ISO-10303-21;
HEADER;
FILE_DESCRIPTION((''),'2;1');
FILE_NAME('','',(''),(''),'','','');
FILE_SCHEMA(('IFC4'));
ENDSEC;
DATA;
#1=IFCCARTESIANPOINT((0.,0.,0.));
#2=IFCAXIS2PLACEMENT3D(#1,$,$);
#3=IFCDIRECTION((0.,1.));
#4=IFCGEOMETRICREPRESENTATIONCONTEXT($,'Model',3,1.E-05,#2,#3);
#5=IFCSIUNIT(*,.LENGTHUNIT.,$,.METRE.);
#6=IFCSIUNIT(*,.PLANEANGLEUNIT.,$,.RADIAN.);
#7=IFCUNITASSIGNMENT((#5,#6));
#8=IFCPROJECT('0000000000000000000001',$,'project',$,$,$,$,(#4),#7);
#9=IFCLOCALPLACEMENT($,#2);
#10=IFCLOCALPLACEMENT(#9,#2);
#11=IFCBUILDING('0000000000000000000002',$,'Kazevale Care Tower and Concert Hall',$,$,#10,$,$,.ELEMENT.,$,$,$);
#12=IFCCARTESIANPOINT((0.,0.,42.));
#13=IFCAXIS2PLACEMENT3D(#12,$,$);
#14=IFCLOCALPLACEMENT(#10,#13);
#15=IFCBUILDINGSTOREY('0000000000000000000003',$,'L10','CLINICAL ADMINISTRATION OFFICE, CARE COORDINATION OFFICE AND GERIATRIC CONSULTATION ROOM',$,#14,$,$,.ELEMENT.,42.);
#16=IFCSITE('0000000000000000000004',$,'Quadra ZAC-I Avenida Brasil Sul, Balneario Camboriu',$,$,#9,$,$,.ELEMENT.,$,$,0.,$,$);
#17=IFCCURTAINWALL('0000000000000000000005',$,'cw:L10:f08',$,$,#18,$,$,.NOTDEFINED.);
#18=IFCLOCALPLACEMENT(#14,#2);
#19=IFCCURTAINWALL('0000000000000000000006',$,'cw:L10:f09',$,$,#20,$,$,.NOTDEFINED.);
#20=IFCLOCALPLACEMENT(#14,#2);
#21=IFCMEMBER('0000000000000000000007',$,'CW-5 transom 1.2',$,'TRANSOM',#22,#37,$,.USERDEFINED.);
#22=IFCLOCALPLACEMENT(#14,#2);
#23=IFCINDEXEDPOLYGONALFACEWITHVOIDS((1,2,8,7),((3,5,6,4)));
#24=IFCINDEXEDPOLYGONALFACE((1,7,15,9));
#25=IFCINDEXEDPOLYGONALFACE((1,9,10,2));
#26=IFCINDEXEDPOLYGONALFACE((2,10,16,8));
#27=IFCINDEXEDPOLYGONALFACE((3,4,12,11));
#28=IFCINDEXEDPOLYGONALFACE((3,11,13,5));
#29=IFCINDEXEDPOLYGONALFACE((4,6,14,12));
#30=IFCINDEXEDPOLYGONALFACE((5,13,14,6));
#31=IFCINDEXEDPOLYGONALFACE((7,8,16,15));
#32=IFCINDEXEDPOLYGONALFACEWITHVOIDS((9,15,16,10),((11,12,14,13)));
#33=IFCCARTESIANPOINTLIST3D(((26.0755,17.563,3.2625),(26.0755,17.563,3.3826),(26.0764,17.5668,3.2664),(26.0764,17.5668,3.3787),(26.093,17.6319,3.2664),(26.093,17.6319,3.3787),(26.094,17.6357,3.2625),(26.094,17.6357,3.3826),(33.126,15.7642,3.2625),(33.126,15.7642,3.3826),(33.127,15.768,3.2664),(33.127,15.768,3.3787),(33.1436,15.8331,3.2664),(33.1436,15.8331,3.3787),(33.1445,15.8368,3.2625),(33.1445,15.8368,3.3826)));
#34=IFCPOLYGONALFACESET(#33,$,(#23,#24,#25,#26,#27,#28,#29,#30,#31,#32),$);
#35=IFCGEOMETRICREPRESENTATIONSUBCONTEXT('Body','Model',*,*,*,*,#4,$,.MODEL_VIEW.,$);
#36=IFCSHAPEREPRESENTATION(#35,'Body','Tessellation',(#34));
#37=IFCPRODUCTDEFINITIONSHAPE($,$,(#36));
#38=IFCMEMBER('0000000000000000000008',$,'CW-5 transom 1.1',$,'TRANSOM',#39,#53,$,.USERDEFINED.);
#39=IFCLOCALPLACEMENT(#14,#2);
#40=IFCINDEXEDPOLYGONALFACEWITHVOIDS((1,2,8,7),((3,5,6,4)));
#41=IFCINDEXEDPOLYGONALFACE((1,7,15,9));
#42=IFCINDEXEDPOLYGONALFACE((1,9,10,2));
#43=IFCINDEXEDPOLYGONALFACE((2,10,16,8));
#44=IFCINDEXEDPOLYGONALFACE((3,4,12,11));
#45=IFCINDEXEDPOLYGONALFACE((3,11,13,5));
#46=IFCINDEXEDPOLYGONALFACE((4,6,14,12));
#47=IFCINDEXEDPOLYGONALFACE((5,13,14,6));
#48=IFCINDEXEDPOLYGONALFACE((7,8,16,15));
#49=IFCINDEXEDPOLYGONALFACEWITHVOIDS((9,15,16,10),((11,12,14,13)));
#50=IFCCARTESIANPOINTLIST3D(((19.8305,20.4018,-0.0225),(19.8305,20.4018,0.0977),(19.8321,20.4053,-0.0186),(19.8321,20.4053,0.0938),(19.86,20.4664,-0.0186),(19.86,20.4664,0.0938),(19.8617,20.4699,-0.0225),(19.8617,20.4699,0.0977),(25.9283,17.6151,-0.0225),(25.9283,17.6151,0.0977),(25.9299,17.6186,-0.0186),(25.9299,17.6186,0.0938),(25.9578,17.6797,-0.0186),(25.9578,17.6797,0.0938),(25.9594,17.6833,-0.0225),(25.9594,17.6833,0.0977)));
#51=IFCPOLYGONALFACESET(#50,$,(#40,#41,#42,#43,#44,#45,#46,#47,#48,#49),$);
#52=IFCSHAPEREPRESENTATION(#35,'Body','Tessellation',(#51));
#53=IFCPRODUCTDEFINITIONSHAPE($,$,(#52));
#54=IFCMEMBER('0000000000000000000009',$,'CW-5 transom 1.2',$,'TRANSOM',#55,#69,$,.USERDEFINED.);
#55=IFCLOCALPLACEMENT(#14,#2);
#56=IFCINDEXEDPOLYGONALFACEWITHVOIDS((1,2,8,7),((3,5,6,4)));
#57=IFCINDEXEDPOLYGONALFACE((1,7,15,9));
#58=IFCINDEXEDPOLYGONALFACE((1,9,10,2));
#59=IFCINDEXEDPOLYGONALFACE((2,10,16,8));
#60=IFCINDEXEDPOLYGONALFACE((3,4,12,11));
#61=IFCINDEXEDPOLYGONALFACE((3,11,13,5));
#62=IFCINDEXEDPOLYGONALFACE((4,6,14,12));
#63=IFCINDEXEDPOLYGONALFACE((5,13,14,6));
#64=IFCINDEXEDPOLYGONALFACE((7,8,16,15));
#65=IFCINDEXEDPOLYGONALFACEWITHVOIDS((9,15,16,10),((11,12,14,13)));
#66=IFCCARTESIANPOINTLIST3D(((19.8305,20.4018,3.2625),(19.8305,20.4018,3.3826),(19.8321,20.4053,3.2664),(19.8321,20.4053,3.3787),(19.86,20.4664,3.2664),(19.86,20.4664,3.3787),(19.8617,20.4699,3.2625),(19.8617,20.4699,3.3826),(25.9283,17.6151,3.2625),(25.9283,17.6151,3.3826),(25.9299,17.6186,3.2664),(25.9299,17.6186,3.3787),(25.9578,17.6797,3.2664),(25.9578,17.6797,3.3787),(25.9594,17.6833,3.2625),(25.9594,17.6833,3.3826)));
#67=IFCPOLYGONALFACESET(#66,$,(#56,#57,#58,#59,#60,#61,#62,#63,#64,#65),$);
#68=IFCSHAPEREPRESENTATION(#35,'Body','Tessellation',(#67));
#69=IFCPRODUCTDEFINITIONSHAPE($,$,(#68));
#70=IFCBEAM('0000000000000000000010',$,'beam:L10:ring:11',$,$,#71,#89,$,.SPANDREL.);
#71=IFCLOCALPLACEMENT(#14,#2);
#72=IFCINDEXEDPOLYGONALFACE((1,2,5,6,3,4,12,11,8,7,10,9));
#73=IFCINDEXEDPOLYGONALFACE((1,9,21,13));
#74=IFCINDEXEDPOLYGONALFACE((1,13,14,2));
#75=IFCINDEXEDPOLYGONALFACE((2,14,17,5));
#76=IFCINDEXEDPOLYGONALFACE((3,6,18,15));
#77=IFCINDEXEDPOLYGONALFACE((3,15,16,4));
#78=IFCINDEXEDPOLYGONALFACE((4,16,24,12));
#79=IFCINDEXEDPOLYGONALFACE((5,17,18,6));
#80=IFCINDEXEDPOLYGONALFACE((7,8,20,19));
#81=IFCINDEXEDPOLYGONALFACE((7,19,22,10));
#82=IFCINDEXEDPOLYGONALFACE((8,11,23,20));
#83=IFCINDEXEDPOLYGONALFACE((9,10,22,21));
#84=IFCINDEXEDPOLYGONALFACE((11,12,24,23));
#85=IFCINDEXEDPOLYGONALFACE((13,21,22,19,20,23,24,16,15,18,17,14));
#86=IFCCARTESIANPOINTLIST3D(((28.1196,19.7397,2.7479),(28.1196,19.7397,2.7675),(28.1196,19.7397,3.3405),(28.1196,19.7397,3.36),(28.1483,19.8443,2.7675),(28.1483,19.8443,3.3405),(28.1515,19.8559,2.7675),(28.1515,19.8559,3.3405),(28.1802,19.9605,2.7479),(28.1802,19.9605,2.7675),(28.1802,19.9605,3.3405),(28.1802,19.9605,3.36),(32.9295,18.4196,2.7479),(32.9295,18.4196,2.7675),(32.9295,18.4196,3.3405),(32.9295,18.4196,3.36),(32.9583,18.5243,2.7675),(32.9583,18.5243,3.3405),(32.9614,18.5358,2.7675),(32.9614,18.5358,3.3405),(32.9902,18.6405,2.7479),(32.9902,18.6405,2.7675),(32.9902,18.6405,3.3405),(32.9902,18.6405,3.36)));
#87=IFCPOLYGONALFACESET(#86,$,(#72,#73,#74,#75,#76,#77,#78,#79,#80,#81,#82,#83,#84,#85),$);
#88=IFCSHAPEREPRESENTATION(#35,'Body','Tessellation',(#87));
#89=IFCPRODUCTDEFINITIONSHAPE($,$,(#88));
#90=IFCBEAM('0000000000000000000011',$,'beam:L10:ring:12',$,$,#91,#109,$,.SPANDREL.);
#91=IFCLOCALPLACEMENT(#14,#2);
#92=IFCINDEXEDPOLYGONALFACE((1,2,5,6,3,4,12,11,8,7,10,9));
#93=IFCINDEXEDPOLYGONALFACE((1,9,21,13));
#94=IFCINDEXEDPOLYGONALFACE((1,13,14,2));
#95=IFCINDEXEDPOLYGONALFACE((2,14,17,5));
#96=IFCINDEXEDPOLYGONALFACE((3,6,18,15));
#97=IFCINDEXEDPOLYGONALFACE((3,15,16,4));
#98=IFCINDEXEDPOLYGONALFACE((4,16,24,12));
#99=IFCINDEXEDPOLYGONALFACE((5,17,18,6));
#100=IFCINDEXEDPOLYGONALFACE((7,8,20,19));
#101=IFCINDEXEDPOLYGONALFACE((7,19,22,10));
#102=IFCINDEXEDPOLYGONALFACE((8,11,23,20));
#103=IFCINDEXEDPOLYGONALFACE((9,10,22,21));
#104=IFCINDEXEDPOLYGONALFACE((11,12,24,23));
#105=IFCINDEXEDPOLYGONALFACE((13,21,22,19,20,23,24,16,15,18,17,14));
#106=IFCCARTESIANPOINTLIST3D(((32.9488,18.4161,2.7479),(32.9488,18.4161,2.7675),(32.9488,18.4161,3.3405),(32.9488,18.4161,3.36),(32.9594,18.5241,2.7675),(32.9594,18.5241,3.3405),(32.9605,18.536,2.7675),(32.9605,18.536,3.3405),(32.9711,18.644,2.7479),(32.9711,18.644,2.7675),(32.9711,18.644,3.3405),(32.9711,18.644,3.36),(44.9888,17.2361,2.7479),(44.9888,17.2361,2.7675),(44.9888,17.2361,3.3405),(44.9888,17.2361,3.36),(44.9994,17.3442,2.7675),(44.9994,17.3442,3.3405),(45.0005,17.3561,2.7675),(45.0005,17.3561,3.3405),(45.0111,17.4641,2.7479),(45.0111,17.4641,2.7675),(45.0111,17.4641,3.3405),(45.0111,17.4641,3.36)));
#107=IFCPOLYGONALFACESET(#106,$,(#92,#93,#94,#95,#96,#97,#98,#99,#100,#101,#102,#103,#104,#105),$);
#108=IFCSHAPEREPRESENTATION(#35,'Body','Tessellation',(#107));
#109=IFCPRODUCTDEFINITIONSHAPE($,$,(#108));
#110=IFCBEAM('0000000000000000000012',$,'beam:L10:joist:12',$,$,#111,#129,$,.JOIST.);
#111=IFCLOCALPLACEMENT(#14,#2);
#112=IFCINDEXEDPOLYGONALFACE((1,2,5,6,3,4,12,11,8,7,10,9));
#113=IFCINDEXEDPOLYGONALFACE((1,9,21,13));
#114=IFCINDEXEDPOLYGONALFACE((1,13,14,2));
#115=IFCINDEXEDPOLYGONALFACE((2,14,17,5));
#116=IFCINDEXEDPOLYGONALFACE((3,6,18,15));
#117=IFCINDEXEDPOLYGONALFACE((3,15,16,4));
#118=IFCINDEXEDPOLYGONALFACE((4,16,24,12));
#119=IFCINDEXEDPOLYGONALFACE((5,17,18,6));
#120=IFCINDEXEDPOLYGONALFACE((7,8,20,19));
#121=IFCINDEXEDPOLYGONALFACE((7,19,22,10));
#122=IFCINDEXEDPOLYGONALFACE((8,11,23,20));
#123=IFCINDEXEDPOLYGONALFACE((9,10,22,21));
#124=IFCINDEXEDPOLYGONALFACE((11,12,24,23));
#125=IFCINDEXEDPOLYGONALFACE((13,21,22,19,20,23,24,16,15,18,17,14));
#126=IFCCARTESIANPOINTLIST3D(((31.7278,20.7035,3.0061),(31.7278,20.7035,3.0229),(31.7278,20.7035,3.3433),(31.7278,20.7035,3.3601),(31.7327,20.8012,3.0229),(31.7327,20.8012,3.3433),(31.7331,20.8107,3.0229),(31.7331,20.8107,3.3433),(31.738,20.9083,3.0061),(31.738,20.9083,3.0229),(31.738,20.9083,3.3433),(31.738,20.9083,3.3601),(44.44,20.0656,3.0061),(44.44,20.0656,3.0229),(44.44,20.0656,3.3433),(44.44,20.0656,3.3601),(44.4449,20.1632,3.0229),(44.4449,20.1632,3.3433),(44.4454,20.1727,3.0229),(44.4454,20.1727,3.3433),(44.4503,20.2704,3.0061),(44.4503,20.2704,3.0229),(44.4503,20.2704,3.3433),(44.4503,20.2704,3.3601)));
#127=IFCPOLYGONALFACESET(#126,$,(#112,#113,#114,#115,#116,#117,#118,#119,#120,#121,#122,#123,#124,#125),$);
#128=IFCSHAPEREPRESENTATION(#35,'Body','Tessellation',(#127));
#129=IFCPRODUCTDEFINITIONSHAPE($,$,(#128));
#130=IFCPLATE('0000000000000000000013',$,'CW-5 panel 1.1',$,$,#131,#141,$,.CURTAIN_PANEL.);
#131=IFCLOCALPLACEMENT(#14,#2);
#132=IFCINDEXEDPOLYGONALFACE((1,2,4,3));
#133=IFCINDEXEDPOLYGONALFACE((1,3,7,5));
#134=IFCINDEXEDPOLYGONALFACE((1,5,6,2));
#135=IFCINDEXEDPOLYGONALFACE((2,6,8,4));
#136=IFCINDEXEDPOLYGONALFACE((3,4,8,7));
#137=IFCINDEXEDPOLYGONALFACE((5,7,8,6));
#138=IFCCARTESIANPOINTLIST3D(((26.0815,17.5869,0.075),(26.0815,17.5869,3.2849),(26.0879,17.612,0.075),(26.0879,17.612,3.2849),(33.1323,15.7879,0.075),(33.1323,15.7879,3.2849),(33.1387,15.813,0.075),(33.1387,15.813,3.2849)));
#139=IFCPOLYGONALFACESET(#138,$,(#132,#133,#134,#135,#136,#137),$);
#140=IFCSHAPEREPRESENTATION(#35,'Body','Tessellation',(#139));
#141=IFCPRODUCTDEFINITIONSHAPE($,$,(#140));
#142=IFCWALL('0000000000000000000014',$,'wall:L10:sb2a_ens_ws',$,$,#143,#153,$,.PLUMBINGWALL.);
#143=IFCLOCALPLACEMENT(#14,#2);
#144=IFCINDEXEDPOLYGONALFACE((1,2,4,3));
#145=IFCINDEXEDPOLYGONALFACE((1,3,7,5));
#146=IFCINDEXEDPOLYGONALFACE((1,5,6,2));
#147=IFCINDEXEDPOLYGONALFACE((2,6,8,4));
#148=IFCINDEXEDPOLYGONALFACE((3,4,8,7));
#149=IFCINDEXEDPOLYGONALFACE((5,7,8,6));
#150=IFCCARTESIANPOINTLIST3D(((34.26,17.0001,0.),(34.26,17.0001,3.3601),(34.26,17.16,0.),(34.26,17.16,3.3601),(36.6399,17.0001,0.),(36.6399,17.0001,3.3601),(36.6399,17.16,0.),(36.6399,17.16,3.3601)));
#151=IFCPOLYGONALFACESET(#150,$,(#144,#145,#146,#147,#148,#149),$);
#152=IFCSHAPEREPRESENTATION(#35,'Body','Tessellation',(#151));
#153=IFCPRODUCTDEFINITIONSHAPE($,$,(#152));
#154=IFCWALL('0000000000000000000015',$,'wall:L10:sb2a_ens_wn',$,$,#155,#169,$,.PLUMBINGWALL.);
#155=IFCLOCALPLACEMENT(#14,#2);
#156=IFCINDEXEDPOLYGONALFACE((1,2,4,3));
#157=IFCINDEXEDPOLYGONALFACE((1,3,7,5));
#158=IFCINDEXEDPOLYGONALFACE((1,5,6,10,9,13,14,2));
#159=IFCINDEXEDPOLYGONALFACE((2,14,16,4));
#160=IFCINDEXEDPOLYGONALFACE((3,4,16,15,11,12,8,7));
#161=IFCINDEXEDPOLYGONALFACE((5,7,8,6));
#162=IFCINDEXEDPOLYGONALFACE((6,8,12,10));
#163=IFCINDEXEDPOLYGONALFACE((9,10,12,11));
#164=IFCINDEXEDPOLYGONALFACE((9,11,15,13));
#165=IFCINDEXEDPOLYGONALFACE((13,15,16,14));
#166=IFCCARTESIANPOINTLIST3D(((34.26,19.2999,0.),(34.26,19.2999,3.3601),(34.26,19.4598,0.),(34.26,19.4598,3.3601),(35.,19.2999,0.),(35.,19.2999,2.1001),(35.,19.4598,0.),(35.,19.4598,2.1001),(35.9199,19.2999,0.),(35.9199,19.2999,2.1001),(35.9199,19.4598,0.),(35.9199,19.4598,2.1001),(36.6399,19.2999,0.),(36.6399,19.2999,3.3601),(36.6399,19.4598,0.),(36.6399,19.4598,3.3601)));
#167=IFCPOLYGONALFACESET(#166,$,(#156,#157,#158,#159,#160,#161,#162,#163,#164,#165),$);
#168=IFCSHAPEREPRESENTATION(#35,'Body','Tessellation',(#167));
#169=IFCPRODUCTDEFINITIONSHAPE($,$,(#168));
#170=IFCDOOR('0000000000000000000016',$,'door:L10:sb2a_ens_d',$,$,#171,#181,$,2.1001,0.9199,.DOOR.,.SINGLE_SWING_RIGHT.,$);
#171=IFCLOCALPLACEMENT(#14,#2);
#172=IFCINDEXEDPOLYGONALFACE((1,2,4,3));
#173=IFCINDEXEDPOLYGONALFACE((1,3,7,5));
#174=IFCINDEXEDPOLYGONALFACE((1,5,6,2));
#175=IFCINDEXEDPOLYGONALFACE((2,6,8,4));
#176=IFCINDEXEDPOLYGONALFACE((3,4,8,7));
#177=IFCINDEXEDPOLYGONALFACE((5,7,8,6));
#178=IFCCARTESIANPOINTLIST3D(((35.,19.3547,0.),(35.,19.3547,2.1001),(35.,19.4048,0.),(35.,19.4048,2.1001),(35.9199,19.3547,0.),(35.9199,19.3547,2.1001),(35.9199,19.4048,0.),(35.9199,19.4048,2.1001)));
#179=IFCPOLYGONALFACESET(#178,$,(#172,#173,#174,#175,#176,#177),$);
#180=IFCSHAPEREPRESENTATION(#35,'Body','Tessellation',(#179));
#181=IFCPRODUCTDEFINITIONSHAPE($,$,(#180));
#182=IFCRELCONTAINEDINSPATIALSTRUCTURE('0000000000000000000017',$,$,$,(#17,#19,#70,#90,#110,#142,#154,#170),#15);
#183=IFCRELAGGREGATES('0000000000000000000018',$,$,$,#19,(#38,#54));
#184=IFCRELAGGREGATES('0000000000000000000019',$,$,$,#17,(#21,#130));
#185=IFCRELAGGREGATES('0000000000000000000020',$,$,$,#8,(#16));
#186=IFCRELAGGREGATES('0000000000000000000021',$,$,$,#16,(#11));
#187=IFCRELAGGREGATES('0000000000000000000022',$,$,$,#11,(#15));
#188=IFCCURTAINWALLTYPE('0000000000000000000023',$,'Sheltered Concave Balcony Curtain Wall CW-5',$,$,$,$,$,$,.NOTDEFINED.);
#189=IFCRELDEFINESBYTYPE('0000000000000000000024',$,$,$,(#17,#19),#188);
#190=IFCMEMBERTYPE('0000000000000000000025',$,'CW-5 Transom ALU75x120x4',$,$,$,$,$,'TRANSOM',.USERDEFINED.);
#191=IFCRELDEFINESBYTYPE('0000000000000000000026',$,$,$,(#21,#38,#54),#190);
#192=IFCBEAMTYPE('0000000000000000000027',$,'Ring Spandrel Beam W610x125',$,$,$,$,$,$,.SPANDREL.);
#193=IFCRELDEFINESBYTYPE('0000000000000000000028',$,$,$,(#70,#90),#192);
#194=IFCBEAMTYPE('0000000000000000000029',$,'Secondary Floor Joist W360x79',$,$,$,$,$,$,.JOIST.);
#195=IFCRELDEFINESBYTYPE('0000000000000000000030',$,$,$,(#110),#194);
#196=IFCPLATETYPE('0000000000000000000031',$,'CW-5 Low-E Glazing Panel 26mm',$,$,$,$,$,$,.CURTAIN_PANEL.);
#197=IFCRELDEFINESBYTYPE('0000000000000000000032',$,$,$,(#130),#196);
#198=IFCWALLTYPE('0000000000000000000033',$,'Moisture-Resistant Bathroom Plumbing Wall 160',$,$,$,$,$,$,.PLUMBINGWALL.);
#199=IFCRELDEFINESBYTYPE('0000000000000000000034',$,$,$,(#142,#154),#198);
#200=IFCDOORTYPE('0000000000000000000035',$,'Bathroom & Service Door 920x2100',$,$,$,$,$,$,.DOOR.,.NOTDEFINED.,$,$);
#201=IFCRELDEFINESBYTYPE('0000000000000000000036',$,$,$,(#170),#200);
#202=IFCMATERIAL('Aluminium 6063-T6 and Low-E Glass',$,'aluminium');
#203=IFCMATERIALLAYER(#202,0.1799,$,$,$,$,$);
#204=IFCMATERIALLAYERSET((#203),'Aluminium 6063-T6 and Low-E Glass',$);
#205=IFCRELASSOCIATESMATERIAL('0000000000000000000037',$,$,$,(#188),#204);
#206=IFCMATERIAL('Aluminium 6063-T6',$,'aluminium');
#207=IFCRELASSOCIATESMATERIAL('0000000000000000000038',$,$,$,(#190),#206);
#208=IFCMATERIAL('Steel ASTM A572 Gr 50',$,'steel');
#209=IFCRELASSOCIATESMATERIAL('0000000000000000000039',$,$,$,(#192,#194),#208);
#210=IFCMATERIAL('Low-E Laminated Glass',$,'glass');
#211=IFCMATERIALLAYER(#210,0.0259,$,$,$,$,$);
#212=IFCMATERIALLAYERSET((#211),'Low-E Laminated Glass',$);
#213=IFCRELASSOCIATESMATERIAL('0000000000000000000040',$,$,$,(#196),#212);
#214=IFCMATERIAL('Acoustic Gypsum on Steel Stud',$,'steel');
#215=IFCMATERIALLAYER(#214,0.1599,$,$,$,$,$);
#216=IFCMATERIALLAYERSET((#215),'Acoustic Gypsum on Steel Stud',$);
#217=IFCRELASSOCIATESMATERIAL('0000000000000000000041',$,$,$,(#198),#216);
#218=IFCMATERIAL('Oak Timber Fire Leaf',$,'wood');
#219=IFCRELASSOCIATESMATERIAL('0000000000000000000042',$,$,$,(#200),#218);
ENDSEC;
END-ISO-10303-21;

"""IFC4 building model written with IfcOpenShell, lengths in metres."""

from ifc_helpers import new_model, si_unit, direction, frame, frame_2d, origin, origin_2d, place, context, subcontext, project, spatial, rectangle, hollow_rectangle, i_section, extrude, material, layer, layer_set, material_profile, profile_set, type_object, element, fill, aggregate, save


model = new_model("IFC4")

# Units and contexts
model_context = context("Model", 3, precision=1e-05, world=origin(), true_north=direction((0.0, 1.0)))
body_context = subcontext(model_context, "Body", "Model", "MODEL_VIEW")
ifc_project = project(units=[si_unit("LENGTHUNIT", "METRE"), si_unit("PLANEANGLEUNIT", "RADIAN")], contexts=[model_context])

# Site, building, storey
site_placement = place(None, origin())
site = spatial("IfcSite", under=ifc_project, at=site_placement, Name="Quadra ZAC-I Avenida Brasil Sul, Balneario Camboriu", CompositionType="ELEMENT", RefElevation=0.0)
building_placement = place(site_placement, origin())
building = spatial("IfcBuilding", under=site, at=building_placement, Name="Kazevale Care Tower and Concert Hall", CompositionType="ELEMENT")
storey_placement = place(building_placement, frame((0.0, 0.0, 42.0)))
storey = spatial("IfcBuildingStorey", under=building, at=storey_placement, Name="L10", Description="CLINICAL ADMINISTRATION OFFICE, CARE COORDINATION OFFICE AND GERIATRIC CONSULTATION ROOM", CompositionType="ELEMENT", Elevation=42.0)

# Shared definitions
ifc_material_1 = material(Name="Aluminium 6063-T6 and Low-E Glass", Category="aluminium")
ifc_layer_1 = layer(ifc_material_1, 0.1799)
ifc_layer_set_1 = layer_set([ifc_layer_1], Name="Aluminium 6063-T6 and Low-E Glass")
curtain_wall_type = type_object("IfcCurtainWallType", Name="Sheltered Concave Balcony Curtain Wall CW-5", PredefinedType="NOTDEFINED", material=ifc_layer_set_1)
ifc_material_2 = material(Name="Aluminium 6063-T6", Category="aluminium")

# Curtain wall
curtain_wall_1_placement = place(storey_placement, origin())
curtain_wall_1 = element("IfcCurtainWall", 1, at=curtain_wall_1_placement, inside=storey, type_object=curtain_wall_type, Name="cw:L10:f08", PredefinedType="NOTDEFINED")

# Curtain wall
curtain_wall_2_placement = place(storey_placement, origin())
curtain_wall_2 = element("IfcCurtainWall", 2, at=curtain_wall_2_placement, inside=storey, type_object=curtain_wall_type, Name="cw:L10:f09", PredefinedType="NOTDEFINED")

# Members
ifc_material_profile_1 = material_profile(ifc_material_2, hollow_rectangle(XDim=0.075, YDim=0.1201, WallThickness=0.0039, at=origin_2d()), Name="ALU75x120x4")
ifc_profile_set_1 = profile_set([ifc_material_profile_1], Name="Aluminium 6063-T6")
member_type_1 = type_object("IfcMemberType", Name="CW-5 Transom ALU75x120x4", ElementType="TRANSOM", PredefinedType="USERDEFINED", material=ifc_profile_set_1)
member_1_placement = place(storey_placement, frame((33.1353, 15.8005, 3.3225), z_axis=(-0.968961, 0.247214, 0.0), x_axis=(-0.247214, -0.968961, 0.0)))
member_1 = element("IfcMember", 3, at=member_1_placement, type_object=member_type_1, Name="CW-5 transom 1.2", ObjectType="TRANSOM", PredefinedType="USERDEFINED", context=body_context, shape_type="SweptSolid", body=[
    extrude(hollow_rectangle(XDim=0.075, YDim=0.1201, WallThickness=0.0039, at=origin_2d()), origin(), (0.0, 0.0, 1.0), 7.2764),
])
member_2_placement = place(storey_placement, frame((25.9438, 17.6492, 0.0376), z_axis=(-0.909524, 0.415651, 0.0), x_axis=(-0.415651, -0.909524, 0.0)))
member_2 = element("IfcMember", 4, at=member_2_placement, type_object=member_type_1, Name="CW-5 transom 1.1", ObjectType="TRANSOM", PredefinedType="USERDEFINED", context=body_context, shape_type="SweptSolid", body=[
    extrude(hollow_rectangle(XDim=0.075, YDim=0.1201, WallThickness=0.0039, at=origin_2d()), origin(), (0.0, 0.0, 1.0), 6.7043),
])
member_3_placement = place(storey_placement, frame((25.9438, 17.6492, 3.3225), z_axis=(-0.909524, 0.415651, 0.0), x_axis=(-0.415651, -0.909524, 0.0)))
member_3 = element("IfcMember", 5, at=member_3_placement, type_object=member_type_1, Name="CW-5 transom 1.2", ObjectType="TRANSOM", PredefinedType="USERDEFINED", context=body_context, shape_type="SweptSolid", body=[
    extrude(hollow_rectangle(XDim=0.075, YDim=0.1201, WallThickness=0.0039, at=origin_2d()), origin(), (0.0, 0.0, 1.0), 6.7043),
])
aggregate(curtain_wall_2, [member_2, member_3])

# Beams
ifc_material_3 = material(Name="Steel ASTM A572 Gr 50", Category="steel")
ifc_material_profile_2 = material_profile(ifc_material_3, i_section(OverallWidth=0.229, OverallDepth=0.6121, WebThickness=0.012, FlangeThickness=0.0195, at=origin_2d()), Name="W610x125")
ifc_profile_set_2 = profile_set([ifc_material_profile_2], Name="Steel ASTM A572 Gr 50")
beam_type_1 = type_object("IfcBeamType", Name="Ring Spandrel Beam W610x125", PredefinedType="SPANDREL", material=ifc_profile_set_2)
beam_1_placement = place(storey_placement, frame((28.1499, 19.8501, 3.054), z_axis=(0.964344, -0.264654, 0.0), x_axis=(0.264654, 0.964344, 0.0)))
element("IfcBeam", 6, at=beam_1_placement, inside=storey, type_object=beam_type_1, Name="beam:L10:ring:11", PredefinedType="SPANDREL", context=body_context, shape_type="SweptSolid", body=[
    extrude(i_section(OverallWidth=0.229, OverallDepth=0.6121, WebThickness=0.012, FlangeThickness=0.0195, at=origin_2d()), origin(), (0.0, 0.0, 1.0), 4.9878),
])
beam_2_placement = place(storey_placement, frame((32.96, 18.53, 3.054), z_axis=(0.995232, -0.097533, 0.0), x_axis=(0.097533, 0.995232, 0.0)))
element("IfcBeam", 7, at=beam_2_placement, inside=storey, type_object=beam_type_1, Name="beam:L10:ring:12", PredefinedType="SPANDREL", context=body_context, shape_type="SweptSolid", body=[
    extrude(i_section(OverallWidth=0.229, OverallDepth=0.6121, WebThickness=0.012, FlangeThickness=0.0195, at=origin_2d()), origin(), (0.0, 0.0, 1.0), 12.0977),
])
ifc_material_profile_3 = material_profile(ifc_material_3, i_section(OverallWidth=0.2051, OverallDepth=0.354, WebThickness=0.0095, FlangeThickness=0.0168, at=origin_2d()), Name="W360x79")
ifc_profile_set_3 = profile_set([ifc_material_profile_3], Name="Steel ASTM A572 Gr 50")
beam_type_2 = type_object("IfcBeamType", Name="Secondary Floor Joist W360x79", PredefinedType="JOIST", material=ifc_profile_set_3)
beam_3_placement = place(storey_placement, frame((31.7329, 20.8059, 3.1831), z_axis=(0.998743, -0.05012, 0.0), x_axis=(0.05012, 0.998743, 0.0)))
element("IfcBeam", 8, at=beam_3_placement, inside=storey, type_object=beam_type_2, Name="beam:L10:joist:12", PredefinedType="JOIST", context=body_context, shape_type="SweptSolid", body=[
    extrude(i_section(OverallWidth=0.2051, OverallDepth=0.354, WebThickness=0.0095, FlangeThickness=0.0168, at=origin_2d()), origin(), (0.0, 0.0, 1.0), 12.7283),
])

# Plate
ifc_material_4 = material(Name="Low-E Laminated Glass", Category="glass")
ifc_layer_2 = layer(ifc_material_4, 0.0259)
ifc_layer_set_2 = layer_set([ifc_layer_2], Name="Low-E Laminated Glass")
plate_type = type_object("IfcPlateType", Name="CW-5 Low-E Glazing Panel 26mm", PredefinedType="CURTAIN_PANEL", material=ifc_layer_set_2)
plate_placement = place(storey_placement, frame((29.6101, 16.7, 0.075), z_axis=(0.0, 0.0, 1.0), x_axis=(-0.968959, 0.247222, 0.0)))
plate = element("IfcPlate", 9, at=plate_placement, type_object=plate_type, Name="CW-5 panel 1.1", PredefinedType="CURTAIN_PANEL", context=body_context, shape_type="SweptSolid", body=[
    extrude(rectangle(XDim=7.2766, YDim=0.0259, at=origin_2d()), origin(), (0.0, 0.0, 1.0), 3.21),
])
aggregate(curtain_wall_1, [member_1, plate])

# Wall
ifc_material_5 = material(Name="Acoustic Gypsum on Steel Stud", Category="steel")
ifc_layer_3 = layer(ifc_material_5, 0.1599)
ifc_layer_set_3 = layer_set([ifc_layer_3], Name="Acoustic Gypsum on Steel Stud")
wall_type = type_object("IfcWallType", Name="Moisture-Resistant Bathroom Plumbing Wall 160", PredefinedType="PLUMBINGWALL", material=ifc_layer_set_3)
wall_1_placement = place(storey_placement, frame((34.26, 17.0801, 0.0), z_axis=(0.0, 0.0, 1.0), x_axis=(1.0, 0.0, 0.0)))
element("IfcWall", 10, at=wall_1_placement, inside=storey, type_object=wall_type, Name="wall:L10:sb2a_ens_ws", PredefinedType="PLUMBINGWALL", context=body_context, shape_type="SweptSolid", body=[
    extrude(rectangle(XDim=2.3799, YDim=0.1599, at=frame_2d((1.1899, 0.0))), origin(), (0.0, 0.0, 1.0), 3.3601),
])

# Wall, opening, door
wall_2_placement = place(storey_placement, frame((34.26, 19.3799, 0.0), z_axis=(0.0, 0.0, 1.0), x_axis=(1.0, 0.0, 0.0)))
wall_2 = element("IfcWall", 11, at=wall_2_placement, inside=storey, type_object=wall_type, Name="wall:L10:sb2a_ens_wn", PredefinedType="PLUMBINGWALL", context=body_context, shape_type="SweptSolid", body=[
    extrude(rectangle(XDim=2.3799, YDim=0.1599, at=frame_2d((1.1899, 0.0))), origin(), (0.0, 0.0, 1.0), 3.3601),
])
opening_placement = place(wall_2_placement, frame((0.74, 0.0, 0.0)))
opening = element("IfcOpeningElement", 12, at=opening_placement, cuts=wall_2, PredefinedType="OPENING", context=body_context, shape_type="SweptSolid", body=[
    extrude(rectangle(XDim=0.9199, YDim=2.1001, at=frame_2d((0.46, 1.05))), frame((0.0, 0.0898, 0.0), z_axis=(0.0, -1.0, 0.0), x_axis=(1.0, 0.0, 0.0)), (0.0, 0.0, 1.0), 0.1799),
])
ifc_material_6 = material(Name="Oak Timber Fire Leaf", Category="wood")
door_type = type_object("IfcDoorType", Name="Bathroom & Service Door 920x2100", OperationType="NOTDEFINED", PredefinedType="DOOR", material=ifc_material_6)
door_placement = place(opening_placement, origin())
door = element("IfcDoor", 13, at=door_placement, inside=storey, type_object=door_type, Name="door:L10:sb2a_ens_d", OperationType="SINGLE_SWING_RIGHT", OverallHeight=2.1001, OverallWidth=0.9199, PredefinedType="DOOR", context=body_context, shape_type="SweptSolid", body=[
    extrude(rectangle(XDim=0.9199, YDim=2.1001, at=frame_2d((0.46, 1.05))), frame((0.0, 0.0249, 0.0), z_axis=(0.0, -1.0, 0.0), x_axis=(1.0, 0.0, 0.0)), (0.0, 0.0, 1.0), 0.05),
])
fill(opening, door)

save(model, "model.ifc")
